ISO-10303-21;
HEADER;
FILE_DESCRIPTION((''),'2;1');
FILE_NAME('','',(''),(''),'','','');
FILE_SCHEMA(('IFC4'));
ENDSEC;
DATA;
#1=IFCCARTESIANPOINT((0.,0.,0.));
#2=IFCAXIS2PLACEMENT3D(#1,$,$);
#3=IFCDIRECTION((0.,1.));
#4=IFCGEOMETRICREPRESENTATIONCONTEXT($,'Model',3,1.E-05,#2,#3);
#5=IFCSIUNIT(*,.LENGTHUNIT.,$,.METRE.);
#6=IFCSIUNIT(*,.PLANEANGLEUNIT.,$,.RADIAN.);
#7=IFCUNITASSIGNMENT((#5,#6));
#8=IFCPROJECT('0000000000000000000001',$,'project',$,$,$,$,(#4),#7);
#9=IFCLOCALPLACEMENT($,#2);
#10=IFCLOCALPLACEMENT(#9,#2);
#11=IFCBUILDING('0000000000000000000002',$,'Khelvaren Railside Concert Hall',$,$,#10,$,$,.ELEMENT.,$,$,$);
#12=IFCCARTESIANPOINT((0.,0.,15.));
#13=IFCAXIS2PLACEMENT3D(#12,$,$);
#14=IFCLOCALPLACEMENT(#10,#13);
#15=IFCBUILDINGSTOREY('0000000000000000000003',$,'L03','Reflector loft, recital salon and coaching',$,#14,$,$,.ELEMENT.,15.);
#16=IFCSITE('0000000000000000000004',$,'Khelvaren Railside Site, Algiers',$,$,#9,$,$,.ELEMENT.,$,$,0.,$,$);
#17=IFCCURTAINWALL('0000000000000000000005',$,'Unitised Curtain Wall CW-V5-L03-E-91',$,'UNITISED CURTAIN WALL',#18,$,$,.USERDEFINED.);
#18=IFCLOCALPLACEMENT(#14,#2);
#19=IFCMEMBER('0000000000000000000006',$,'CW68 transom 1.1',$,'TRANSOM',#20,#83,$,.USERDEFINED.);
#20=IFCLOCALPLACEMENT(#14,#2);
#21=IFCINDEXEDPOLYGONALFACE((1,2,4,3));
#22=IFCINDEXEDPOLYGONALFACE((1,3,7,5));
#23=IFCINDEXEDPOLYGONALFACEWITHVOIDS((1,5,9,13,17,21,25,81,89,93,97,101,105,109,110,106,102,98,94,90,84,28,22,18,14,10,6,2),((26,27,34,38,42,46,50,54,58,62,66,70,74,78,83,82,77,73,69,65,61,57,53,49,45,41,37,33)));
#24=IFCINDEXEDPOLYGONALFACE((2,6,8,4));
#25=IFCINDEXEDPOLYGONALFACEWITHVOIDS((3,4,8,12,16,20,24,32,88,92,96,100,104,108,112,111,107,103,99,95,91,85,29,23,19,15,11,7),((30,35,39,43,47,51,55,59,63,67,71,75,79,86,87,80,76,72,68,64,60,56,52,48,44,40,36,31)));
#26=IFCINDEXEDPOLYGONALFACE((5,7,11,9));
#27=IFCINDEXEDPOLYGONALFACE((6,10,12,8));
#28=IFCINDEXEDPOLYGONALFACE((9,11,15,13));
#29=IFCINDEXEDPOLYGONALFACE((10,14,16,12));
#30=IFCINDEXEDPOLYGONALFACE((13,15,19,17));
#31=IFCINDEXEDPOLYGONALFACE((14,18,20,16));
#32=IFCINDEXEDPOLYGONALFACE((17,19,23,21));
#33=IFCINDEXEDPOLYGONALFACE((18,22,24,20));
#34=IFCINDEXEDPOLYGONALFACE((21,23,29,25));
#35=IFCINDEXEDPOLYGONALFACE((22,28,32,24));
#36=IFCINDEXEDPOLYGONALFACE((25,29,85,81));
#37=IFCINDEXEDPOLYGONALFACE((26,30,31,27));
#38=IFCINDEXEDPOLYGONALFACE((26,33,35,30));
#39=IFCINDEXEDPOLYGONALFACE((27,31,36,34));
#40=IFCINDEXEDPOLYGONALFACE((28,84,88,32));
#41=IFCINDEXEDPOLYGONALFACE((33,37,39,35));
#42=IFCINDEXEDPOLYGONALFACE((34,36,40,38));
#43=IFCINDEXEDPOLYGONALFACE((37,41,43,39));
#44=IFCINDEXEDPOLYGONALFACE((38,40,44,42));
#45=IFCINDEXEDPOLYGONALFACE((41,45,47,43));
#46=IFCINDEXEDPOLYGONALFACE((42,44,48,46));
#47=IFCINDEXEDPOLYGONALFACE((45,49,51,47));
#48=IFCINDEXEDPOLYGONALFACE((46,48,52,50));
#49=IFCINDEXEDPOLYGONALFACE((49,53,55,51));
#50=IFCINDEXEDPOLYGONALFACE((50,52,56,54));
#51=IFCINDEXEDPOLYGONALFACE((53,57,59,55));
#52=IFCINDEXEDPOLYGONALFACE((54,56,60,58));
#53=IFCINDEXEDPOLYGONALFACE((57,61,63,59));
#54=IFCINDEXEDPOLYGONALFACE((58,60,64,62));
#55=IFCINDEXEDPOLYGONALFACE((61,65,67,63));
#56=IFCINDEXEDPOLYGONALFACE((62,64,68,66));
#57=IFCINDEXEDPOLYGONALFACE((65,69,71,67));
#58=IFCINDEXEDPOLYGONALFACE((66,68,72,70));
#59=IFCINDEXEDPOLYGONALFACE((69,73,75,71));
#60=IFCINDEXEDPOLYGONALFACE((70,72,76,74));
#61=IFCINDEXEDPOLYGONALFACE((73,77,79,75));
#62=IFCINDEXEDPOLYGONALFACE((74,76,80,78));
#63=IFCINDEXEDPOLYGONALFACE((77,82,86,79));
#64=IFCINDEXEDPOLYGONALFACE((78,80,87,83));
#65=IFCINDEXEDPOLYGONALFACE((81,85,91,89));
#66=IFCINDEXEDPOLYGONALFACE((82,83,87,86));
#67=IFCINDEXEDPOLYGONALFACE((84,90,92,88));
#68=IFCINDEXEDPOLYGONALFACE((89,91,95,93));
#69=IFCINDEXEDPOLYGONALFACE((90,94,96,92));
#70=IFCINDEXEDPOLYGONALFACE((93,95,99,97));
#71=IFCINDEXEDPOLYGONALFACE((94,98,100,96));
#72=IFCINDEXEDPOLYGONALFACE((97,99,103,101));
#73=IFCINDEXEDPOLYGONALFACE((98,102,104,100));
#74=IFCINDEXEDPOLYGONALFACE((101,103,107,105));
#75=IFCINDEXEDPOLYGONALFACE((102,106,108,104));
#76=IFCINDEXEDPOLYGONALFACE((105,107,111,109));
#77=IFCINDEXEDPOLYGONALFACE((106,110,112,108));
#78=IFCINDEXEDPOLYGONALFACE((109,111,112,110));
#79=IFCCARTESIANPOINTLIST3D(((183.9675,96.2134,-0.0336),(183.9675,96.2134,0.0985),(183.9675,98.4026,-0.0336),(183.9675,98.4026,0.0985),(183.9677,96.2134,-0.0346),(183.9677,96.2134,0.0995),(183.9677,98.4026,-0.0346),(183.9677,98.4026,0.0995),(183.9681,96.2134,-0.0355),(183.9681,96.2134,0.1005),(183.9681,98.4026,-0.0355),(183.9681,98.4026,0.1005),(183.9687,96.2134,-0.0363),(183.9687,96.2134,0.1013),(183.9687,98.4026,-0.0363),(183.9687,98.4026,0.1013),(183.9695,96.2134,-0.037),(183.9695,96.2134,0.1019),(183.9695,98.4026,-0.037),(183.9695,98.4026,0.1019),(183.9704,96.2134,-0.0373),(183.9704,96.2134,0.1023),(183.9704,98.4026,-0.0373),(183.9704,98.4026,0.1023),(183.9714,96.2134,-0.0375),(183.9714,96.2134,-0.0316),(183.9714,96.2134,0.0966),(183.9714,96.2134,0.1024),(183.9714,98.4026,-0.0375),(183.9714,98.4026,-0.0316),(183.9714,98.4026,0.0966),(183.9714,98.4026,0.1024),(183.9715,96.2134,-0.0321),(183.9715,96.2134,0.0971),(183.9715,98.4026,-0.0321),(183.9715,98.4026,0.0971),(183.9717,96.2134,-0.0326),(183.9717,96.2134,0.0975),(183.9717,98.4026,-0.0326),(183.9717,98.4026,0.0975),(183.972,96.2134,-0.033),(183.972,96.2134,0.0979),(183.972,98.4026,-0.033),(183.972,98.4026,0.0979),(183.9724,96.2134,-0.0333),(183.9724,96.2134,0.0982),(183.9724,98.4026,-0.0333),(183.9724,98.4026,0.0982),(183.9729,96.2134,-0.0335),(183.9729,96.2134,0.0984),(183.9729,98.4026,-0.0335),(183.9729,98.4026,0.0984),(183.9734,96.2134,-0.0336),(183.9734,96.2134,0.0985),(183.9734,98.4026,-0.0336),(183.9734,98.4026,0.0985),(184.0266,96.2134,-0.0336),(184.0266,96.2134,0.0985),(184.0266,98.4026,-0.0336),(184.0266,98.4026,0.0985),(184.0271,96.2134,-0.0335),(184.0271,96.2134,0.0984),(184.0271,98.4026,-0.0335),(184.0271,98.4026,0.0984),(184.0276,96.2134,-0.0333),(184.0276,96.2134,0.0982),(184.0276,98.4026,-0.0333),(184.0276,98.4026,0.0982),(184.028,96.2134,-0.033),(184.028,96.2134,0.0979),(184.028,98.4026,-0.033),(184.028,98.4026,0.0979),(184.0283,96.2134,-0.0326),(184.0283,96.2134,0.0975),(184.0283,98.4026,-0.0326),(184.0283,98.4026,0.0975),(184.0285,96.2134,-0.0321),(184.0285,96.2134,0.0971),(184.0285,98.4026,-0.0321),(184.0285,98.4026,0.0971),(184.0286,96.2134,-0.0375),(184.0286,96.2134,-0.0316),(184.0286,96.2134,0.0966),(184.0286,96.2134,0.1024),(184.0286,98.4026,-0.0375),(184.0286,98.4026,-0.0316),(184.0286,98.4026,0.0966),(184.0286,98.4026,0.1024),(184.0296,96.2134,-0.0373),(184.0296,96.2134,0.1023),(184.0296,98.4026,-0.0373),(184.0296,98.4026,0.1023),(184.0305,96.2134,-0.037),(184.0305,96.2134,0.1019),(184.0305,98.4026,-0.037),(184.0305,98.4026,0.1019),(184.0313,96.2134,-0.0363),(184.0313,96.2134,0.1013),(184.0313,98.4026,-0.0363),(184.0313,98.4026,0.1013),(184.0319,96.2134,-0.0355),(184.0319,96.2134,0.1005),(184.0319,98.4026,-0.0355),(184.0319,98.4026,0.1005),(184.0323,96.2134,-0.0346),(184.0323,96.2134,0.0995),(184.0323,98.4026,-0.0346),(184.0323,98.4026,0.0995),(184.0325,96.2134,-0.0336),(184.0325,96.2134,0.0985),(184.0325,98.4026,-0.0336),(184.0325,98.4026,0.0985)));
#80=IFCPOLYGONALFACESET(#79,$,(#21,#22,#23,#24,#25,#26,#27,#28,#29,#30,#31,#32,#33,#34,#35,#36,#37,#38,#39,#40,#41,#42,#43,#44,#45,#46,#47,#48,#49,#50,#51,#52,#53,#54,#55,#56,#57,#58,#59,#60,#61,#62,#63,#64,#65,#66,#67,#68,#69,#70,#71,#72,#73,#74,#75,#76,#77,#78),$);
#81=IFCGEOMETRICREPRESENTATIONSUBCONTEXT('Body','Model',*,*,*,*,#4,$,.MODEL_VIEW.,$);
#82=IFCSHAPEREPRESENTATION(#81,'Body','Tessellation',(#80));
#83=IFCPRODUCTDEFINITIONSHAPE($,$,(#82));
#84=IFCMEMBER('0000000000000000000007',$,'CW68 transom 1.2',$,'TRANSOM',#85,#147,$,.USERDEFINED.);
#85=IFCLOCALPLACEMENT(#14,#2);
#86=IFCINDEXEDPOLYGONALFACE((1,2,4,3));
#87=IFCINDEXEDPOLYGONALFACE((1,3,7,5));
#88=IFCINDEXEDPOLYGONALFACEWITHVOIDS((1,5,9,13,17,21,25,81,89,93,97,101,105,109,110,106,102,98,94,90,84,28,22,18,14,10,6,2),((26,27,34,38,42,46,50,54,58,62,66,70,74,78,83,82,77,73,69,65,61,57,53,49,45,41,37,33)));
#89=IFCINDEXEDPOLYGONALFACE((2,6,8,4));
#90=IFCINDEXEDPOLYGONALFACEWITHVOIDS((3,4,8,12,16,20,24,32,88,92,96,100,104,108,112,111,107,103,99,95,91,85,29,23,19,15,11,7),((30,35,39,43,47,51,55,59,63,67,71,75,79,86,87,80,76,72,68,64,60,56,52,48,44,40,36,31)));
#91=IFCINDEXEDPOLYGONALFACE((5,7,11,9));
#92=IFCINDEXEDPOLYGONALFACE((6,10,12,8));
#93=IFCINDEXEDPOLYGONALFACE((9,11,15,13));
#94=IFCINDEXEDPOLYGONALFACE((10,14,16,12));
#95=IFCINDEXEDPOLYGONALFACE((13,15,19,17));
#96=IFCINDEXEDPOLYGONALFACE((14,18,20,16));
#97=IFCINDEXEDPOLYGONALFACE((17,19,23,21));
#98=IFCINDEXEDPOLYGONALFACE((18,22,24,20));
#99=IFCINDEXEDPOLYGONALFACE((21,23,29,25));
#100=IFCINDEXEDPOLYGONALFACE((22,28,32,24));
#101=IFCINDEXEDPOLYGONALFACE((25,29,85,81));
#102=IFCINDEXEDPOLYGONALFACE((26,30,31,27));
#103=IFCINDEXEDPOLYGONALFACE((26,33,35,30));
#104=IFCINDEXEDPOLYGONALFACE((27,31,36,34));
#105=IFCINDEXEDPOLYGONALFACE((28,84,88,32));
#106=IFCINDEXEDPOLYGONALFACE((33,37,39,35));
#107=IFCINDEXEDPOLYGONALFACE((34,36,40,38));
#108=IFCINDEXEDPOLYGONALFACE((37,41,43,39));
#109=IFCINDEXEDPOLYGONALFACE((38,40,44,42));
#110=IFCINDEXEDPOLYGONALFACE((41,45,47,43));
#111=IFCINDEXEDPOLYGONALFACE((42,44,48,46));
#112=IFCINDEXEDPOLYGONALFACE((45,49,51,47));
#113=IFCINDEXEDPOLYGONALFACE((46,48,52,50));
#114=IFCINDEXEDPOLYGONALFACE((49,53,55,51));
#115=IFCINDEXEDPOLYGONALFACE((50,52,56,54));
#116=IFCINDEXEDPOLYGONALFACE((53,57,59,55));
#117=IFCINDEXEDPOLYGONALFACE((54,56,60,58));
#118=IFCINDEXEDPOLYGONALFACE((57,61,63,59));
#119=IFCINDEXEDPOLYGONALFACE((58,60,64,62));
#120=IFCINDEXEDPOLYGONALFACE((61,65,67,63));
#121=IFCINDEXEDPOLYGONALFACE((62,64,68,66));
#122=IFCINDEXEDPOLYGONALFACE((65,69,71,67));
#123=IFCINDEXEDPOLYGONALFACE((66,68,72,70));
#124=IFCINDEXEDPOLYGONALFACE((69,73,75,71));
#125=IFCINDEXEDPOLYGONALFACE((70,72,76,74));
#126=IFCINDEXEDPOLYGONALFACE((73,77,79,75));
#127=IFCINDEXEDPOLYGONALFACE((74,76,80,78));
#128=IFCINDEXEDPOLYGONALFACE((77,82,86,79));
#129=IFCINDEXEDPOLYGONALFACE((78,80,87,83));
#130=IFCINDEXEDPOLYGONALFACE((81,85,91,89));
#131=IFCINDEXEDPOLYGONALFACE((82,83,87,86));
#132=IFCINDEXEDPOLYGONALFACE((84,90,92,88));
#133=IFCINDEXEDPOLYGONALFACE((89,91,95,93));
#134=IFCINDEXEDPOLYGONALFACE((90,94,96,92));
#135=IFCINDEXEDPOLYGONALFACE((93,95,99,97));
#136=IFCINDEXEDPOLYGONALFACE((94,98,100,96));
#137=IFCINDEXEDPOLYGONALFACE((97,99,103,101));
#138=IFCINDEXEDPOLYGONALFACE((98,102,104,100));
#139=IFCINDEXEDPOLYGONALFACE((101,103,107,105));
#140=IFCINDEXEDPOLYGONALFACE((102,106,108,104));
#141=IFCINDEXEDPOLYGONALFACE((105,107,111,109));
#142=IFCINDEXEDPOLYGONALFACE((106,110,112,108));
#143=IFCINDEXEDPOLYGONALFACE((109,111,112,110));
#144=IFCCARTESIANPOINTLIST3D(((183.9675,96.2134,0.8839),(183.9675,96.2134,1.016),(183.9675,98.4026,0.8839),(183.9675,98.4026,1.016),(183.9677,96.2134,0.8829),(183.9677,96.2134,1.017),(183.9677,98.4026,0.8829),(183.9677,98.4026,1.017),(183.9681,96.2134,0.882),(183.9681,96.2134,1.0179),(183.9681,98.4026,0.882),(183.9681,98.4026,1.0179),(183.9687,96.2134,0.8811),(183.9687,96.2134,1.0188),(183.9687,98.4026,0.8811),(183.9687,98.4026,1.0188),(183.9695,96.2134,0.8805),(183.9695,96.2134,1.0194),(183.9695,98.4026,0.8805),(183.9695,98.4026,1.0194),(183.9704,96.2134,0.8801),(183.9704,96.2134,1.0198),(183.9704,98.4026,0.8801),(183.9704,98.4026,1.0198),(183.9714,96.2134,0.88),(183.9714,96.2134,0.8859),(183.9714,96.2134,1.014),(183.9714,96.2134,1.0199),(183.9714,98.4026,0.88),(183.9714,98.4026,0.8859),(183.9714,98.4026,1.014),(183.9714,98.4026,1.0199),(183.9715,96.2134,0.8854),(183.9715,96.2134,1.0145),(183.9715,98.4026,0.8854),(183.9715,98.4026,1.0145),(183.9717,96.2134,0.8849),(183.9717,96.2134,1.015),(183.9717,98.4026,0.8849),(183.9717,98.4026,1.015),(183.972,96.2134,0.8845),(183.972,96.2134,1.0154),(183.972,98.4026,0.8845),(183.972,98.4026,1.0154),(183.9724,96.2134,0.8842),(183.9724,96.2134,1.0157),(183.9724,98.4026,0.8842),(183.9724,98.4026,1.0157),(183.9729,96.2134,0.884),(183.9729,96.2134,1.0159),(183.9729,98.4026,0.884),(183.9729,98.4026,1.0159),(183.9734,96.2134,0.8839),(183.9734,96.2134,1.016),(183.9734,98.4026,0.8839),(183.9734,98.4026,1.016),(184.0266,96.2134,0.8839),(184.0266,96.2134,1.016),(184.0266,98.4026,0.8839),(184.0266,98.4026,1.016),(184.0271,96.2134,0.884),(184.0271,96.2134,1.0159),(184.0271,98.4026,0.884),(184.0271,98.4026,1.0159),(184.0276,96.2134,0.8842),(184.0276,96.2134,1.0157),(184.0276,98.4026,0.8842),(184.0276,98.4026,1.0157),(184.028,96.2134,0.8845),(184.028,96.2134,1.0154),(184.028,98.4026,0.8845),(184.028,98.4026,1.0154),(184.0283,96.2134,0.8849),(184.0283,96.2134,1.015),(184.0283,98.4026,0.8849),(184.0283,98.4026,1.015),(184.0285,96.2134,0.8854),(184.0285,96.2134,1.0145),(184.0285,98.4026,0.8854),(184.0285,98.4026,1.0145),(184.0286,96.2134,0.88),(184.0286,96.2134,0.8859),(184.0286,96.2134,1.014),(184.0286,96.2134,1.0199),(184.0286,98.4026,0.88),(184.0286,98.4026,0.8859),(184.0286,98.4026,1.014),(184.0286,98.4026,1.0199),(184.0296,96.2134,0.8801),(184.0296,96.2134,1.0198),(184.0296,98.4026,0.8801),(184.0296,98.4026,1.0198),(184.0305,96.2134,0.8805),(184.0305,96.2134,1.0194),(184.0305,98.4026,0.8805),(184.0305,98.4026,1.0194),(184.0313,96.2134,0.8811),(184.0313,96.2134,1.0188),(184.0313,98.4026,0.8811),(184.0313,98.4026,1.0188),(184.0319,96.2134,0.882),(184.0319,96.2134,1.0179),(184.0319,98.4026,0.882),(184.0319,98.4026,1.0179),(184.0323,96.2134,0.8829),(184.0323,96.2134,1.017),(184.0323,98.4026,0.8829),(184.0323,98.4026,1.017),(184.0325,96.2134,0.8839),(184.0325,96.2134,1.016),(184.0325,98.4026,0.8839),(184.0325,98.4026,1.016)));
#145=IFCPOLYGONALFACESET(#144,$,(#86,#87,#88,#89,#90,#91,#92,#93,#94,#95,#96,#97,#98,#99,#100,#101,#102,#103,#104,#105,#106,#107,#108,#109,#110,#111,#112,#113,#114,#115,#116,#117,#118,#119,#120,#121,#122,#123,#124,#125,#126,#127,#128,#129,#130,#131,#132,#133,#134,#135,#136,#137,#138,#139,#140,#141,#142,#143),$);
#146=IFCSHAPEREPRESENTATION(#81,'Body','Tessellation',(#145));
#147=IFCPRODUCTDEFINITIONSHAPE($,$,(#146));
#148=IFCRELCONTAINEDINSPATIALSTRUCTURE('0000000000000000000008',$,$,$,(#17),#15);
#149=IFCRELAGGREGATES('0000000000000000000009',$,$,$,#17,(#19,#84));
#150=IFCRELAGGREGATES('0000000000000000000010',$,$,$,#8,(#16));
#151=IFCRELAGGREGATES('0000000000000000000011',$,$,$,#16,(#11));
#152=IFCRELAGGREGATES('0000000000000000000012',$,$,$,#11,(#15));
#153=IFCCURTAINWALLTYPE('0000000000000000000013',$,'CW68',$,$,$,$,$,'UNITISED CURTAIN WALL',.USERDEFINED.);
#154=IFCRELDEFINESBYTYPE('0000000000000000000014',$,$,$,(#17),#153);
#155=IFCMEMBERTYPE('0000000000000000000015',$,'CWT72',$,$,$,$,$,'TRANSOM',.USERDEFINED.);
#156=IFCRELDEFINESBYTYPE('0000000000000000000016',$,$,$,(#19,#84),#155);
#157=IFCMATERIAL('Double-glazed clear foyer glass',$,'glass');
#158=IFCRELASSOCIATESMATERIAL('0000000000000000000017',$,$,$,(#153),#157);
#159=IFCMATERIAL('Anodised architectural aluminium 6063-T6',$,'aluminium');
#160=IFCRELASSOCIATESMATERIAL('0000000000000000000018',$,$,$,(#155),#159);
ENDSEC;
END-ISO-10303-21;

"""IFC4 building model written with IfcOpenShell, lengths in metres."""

from ifc_helpers import new_model, si_unit, direction, frame, origin, origin_2d, place, context, subcontext, project, spatial, hollow_rectangle, extrude, material, material_profile, profile_set, type_object, element, aggregate, save


model = new_model("IFC4")

# Units and contexts
model_context = context("Model", 3, precision=1e-05, world=origin(), true_north=direction((0.0, 1.0)))
body_context = subcontext(model_context, "Body", "Model", "MODEL_VIEW")
ifc_project = project(units=[si_unit("LENGTHUNIT", "METRE"), si_unit("PLANEANGLEUNIT", "RADIAN")], contexts=[model_context])

# Site, building, storey
site_placement = place(None, origin())
site = spatial("IfcSite", under=ifc_project, at=site_placement, Name="Khelvaren Railside Site, Algiers", CompositionType="ELEMENT", RefElevation=0.0)
building_placement = place(site_placement, origin())
building = spatial("IfcBuilding", under=site, at=building_placement, Name="Khelvaren Railside Concert Hall", CompositionType="ELEMENT")
storey_placement = place(building_placement, frame((0.0, 0.0, 15.0)))
storey = spatial("IfcBuildingStorey", under=building, at=storey_placement, Name="L03", Description="Reflector loft, recital salon and coaching", CompositionType="ELEMENT", Elevation=15.0)

# Curtain wall
ifc_material_1 = material(Name="Double-glazed clear foyer glass", Category="glass")
curtain_wall_type_1 = type_object("IfcCurtainWallType", Name="CW68", ElementType="UNITISED CURTAIN WALL", PredefinedType="USERDEFINED", material=ifc_material_1)
curtain_wall_1_placement = place(storey_placement, origin())
curtain_wall_1 = element("IfcCurtainWall", 1, at=curtain_wall_1_placement, inside=storey, type_object=curtain_wall_type_1, Name="Unitised Curtain Wall CW-V5-L03-E-91", ObjectType="UNITISED CURTAIN WALL", PredefinedType="USERDEFINED")
ifc_material_2 = material(Name="Anodised architectural aluminium 6063-T6", Category="aluminium")

# Members
ifc_material_profile_1 = material_profile(ifc_material_2, hollow_rectangle(XDim=0.0649, YDim=0.1399, WallThickness=0.0039, InnerFilletRadius=0.002, OuterFilletRadius=0.0039, at=origin_2d()), Name="CWT 65x140x4")
ifc_profile_set_1 = profile_set([ifc_material_profile_1], Name="Anodised architectural aluminium 6063-T6")
member_type_1 = type_object("IfcMemberType", Name="CWT72", ElementType="TRANSOM", PredefinedType="USERDEFINED", material=ifc_profile_set_1)
member_1_placement = place(storey_placement, frame((184.0, 98.4026, 0.0325), z_axis=(0.0, -1.0, 0.0), x_axis=(1.0, 0.0, 0.0)))
member_1 = element("IfcMember", 2, at=member_1_placement, type_object=member_type_1, Name="CW68 transom 1.1", ObjectType="TRANSOM", PredefinedType="USERDEFINED", context=body_context, shape_type="SweptSolid", body=[
    extrude(hollow_rectangle(XDim=0.0649, YDim=0.1399, WallThickness=0.0039, InnerFilletRadius=0.002, OuterFilletRadius=0.0039, at=origin_2d()), origin(), (0.0, 0.0, 1.0), 2.1892),
])
member_2_placement = place(storey_placement, frame((184.0, 98.4026, 0.95), z_axis=(0.0, -1.0, 0.0), x_axis=(1.0, 0.0, 0.0)))
member_2 = element("IfcMember", 3, at=member_2_placement, type_object=member_type_1, Name="CW68 transom 1.2", ObjectType="TRANSOM", PredefinedType="USERDEFINED", context=body_context, shape_type="SweptSolid", body=[
    extrude(hollow_rectangle(XDim=0.0649, YDim=0.1399, WallThickness=0.0039, InnerFilletRadius=0.002, OuterFilletRadius=0.0039, at=origin_2d()), origin(), (0.0, 0.0, 1.0), 2.1892),
])

aggregate(curtain_wall_1, [member_1, member_2])

save(model, "model.ifc")
